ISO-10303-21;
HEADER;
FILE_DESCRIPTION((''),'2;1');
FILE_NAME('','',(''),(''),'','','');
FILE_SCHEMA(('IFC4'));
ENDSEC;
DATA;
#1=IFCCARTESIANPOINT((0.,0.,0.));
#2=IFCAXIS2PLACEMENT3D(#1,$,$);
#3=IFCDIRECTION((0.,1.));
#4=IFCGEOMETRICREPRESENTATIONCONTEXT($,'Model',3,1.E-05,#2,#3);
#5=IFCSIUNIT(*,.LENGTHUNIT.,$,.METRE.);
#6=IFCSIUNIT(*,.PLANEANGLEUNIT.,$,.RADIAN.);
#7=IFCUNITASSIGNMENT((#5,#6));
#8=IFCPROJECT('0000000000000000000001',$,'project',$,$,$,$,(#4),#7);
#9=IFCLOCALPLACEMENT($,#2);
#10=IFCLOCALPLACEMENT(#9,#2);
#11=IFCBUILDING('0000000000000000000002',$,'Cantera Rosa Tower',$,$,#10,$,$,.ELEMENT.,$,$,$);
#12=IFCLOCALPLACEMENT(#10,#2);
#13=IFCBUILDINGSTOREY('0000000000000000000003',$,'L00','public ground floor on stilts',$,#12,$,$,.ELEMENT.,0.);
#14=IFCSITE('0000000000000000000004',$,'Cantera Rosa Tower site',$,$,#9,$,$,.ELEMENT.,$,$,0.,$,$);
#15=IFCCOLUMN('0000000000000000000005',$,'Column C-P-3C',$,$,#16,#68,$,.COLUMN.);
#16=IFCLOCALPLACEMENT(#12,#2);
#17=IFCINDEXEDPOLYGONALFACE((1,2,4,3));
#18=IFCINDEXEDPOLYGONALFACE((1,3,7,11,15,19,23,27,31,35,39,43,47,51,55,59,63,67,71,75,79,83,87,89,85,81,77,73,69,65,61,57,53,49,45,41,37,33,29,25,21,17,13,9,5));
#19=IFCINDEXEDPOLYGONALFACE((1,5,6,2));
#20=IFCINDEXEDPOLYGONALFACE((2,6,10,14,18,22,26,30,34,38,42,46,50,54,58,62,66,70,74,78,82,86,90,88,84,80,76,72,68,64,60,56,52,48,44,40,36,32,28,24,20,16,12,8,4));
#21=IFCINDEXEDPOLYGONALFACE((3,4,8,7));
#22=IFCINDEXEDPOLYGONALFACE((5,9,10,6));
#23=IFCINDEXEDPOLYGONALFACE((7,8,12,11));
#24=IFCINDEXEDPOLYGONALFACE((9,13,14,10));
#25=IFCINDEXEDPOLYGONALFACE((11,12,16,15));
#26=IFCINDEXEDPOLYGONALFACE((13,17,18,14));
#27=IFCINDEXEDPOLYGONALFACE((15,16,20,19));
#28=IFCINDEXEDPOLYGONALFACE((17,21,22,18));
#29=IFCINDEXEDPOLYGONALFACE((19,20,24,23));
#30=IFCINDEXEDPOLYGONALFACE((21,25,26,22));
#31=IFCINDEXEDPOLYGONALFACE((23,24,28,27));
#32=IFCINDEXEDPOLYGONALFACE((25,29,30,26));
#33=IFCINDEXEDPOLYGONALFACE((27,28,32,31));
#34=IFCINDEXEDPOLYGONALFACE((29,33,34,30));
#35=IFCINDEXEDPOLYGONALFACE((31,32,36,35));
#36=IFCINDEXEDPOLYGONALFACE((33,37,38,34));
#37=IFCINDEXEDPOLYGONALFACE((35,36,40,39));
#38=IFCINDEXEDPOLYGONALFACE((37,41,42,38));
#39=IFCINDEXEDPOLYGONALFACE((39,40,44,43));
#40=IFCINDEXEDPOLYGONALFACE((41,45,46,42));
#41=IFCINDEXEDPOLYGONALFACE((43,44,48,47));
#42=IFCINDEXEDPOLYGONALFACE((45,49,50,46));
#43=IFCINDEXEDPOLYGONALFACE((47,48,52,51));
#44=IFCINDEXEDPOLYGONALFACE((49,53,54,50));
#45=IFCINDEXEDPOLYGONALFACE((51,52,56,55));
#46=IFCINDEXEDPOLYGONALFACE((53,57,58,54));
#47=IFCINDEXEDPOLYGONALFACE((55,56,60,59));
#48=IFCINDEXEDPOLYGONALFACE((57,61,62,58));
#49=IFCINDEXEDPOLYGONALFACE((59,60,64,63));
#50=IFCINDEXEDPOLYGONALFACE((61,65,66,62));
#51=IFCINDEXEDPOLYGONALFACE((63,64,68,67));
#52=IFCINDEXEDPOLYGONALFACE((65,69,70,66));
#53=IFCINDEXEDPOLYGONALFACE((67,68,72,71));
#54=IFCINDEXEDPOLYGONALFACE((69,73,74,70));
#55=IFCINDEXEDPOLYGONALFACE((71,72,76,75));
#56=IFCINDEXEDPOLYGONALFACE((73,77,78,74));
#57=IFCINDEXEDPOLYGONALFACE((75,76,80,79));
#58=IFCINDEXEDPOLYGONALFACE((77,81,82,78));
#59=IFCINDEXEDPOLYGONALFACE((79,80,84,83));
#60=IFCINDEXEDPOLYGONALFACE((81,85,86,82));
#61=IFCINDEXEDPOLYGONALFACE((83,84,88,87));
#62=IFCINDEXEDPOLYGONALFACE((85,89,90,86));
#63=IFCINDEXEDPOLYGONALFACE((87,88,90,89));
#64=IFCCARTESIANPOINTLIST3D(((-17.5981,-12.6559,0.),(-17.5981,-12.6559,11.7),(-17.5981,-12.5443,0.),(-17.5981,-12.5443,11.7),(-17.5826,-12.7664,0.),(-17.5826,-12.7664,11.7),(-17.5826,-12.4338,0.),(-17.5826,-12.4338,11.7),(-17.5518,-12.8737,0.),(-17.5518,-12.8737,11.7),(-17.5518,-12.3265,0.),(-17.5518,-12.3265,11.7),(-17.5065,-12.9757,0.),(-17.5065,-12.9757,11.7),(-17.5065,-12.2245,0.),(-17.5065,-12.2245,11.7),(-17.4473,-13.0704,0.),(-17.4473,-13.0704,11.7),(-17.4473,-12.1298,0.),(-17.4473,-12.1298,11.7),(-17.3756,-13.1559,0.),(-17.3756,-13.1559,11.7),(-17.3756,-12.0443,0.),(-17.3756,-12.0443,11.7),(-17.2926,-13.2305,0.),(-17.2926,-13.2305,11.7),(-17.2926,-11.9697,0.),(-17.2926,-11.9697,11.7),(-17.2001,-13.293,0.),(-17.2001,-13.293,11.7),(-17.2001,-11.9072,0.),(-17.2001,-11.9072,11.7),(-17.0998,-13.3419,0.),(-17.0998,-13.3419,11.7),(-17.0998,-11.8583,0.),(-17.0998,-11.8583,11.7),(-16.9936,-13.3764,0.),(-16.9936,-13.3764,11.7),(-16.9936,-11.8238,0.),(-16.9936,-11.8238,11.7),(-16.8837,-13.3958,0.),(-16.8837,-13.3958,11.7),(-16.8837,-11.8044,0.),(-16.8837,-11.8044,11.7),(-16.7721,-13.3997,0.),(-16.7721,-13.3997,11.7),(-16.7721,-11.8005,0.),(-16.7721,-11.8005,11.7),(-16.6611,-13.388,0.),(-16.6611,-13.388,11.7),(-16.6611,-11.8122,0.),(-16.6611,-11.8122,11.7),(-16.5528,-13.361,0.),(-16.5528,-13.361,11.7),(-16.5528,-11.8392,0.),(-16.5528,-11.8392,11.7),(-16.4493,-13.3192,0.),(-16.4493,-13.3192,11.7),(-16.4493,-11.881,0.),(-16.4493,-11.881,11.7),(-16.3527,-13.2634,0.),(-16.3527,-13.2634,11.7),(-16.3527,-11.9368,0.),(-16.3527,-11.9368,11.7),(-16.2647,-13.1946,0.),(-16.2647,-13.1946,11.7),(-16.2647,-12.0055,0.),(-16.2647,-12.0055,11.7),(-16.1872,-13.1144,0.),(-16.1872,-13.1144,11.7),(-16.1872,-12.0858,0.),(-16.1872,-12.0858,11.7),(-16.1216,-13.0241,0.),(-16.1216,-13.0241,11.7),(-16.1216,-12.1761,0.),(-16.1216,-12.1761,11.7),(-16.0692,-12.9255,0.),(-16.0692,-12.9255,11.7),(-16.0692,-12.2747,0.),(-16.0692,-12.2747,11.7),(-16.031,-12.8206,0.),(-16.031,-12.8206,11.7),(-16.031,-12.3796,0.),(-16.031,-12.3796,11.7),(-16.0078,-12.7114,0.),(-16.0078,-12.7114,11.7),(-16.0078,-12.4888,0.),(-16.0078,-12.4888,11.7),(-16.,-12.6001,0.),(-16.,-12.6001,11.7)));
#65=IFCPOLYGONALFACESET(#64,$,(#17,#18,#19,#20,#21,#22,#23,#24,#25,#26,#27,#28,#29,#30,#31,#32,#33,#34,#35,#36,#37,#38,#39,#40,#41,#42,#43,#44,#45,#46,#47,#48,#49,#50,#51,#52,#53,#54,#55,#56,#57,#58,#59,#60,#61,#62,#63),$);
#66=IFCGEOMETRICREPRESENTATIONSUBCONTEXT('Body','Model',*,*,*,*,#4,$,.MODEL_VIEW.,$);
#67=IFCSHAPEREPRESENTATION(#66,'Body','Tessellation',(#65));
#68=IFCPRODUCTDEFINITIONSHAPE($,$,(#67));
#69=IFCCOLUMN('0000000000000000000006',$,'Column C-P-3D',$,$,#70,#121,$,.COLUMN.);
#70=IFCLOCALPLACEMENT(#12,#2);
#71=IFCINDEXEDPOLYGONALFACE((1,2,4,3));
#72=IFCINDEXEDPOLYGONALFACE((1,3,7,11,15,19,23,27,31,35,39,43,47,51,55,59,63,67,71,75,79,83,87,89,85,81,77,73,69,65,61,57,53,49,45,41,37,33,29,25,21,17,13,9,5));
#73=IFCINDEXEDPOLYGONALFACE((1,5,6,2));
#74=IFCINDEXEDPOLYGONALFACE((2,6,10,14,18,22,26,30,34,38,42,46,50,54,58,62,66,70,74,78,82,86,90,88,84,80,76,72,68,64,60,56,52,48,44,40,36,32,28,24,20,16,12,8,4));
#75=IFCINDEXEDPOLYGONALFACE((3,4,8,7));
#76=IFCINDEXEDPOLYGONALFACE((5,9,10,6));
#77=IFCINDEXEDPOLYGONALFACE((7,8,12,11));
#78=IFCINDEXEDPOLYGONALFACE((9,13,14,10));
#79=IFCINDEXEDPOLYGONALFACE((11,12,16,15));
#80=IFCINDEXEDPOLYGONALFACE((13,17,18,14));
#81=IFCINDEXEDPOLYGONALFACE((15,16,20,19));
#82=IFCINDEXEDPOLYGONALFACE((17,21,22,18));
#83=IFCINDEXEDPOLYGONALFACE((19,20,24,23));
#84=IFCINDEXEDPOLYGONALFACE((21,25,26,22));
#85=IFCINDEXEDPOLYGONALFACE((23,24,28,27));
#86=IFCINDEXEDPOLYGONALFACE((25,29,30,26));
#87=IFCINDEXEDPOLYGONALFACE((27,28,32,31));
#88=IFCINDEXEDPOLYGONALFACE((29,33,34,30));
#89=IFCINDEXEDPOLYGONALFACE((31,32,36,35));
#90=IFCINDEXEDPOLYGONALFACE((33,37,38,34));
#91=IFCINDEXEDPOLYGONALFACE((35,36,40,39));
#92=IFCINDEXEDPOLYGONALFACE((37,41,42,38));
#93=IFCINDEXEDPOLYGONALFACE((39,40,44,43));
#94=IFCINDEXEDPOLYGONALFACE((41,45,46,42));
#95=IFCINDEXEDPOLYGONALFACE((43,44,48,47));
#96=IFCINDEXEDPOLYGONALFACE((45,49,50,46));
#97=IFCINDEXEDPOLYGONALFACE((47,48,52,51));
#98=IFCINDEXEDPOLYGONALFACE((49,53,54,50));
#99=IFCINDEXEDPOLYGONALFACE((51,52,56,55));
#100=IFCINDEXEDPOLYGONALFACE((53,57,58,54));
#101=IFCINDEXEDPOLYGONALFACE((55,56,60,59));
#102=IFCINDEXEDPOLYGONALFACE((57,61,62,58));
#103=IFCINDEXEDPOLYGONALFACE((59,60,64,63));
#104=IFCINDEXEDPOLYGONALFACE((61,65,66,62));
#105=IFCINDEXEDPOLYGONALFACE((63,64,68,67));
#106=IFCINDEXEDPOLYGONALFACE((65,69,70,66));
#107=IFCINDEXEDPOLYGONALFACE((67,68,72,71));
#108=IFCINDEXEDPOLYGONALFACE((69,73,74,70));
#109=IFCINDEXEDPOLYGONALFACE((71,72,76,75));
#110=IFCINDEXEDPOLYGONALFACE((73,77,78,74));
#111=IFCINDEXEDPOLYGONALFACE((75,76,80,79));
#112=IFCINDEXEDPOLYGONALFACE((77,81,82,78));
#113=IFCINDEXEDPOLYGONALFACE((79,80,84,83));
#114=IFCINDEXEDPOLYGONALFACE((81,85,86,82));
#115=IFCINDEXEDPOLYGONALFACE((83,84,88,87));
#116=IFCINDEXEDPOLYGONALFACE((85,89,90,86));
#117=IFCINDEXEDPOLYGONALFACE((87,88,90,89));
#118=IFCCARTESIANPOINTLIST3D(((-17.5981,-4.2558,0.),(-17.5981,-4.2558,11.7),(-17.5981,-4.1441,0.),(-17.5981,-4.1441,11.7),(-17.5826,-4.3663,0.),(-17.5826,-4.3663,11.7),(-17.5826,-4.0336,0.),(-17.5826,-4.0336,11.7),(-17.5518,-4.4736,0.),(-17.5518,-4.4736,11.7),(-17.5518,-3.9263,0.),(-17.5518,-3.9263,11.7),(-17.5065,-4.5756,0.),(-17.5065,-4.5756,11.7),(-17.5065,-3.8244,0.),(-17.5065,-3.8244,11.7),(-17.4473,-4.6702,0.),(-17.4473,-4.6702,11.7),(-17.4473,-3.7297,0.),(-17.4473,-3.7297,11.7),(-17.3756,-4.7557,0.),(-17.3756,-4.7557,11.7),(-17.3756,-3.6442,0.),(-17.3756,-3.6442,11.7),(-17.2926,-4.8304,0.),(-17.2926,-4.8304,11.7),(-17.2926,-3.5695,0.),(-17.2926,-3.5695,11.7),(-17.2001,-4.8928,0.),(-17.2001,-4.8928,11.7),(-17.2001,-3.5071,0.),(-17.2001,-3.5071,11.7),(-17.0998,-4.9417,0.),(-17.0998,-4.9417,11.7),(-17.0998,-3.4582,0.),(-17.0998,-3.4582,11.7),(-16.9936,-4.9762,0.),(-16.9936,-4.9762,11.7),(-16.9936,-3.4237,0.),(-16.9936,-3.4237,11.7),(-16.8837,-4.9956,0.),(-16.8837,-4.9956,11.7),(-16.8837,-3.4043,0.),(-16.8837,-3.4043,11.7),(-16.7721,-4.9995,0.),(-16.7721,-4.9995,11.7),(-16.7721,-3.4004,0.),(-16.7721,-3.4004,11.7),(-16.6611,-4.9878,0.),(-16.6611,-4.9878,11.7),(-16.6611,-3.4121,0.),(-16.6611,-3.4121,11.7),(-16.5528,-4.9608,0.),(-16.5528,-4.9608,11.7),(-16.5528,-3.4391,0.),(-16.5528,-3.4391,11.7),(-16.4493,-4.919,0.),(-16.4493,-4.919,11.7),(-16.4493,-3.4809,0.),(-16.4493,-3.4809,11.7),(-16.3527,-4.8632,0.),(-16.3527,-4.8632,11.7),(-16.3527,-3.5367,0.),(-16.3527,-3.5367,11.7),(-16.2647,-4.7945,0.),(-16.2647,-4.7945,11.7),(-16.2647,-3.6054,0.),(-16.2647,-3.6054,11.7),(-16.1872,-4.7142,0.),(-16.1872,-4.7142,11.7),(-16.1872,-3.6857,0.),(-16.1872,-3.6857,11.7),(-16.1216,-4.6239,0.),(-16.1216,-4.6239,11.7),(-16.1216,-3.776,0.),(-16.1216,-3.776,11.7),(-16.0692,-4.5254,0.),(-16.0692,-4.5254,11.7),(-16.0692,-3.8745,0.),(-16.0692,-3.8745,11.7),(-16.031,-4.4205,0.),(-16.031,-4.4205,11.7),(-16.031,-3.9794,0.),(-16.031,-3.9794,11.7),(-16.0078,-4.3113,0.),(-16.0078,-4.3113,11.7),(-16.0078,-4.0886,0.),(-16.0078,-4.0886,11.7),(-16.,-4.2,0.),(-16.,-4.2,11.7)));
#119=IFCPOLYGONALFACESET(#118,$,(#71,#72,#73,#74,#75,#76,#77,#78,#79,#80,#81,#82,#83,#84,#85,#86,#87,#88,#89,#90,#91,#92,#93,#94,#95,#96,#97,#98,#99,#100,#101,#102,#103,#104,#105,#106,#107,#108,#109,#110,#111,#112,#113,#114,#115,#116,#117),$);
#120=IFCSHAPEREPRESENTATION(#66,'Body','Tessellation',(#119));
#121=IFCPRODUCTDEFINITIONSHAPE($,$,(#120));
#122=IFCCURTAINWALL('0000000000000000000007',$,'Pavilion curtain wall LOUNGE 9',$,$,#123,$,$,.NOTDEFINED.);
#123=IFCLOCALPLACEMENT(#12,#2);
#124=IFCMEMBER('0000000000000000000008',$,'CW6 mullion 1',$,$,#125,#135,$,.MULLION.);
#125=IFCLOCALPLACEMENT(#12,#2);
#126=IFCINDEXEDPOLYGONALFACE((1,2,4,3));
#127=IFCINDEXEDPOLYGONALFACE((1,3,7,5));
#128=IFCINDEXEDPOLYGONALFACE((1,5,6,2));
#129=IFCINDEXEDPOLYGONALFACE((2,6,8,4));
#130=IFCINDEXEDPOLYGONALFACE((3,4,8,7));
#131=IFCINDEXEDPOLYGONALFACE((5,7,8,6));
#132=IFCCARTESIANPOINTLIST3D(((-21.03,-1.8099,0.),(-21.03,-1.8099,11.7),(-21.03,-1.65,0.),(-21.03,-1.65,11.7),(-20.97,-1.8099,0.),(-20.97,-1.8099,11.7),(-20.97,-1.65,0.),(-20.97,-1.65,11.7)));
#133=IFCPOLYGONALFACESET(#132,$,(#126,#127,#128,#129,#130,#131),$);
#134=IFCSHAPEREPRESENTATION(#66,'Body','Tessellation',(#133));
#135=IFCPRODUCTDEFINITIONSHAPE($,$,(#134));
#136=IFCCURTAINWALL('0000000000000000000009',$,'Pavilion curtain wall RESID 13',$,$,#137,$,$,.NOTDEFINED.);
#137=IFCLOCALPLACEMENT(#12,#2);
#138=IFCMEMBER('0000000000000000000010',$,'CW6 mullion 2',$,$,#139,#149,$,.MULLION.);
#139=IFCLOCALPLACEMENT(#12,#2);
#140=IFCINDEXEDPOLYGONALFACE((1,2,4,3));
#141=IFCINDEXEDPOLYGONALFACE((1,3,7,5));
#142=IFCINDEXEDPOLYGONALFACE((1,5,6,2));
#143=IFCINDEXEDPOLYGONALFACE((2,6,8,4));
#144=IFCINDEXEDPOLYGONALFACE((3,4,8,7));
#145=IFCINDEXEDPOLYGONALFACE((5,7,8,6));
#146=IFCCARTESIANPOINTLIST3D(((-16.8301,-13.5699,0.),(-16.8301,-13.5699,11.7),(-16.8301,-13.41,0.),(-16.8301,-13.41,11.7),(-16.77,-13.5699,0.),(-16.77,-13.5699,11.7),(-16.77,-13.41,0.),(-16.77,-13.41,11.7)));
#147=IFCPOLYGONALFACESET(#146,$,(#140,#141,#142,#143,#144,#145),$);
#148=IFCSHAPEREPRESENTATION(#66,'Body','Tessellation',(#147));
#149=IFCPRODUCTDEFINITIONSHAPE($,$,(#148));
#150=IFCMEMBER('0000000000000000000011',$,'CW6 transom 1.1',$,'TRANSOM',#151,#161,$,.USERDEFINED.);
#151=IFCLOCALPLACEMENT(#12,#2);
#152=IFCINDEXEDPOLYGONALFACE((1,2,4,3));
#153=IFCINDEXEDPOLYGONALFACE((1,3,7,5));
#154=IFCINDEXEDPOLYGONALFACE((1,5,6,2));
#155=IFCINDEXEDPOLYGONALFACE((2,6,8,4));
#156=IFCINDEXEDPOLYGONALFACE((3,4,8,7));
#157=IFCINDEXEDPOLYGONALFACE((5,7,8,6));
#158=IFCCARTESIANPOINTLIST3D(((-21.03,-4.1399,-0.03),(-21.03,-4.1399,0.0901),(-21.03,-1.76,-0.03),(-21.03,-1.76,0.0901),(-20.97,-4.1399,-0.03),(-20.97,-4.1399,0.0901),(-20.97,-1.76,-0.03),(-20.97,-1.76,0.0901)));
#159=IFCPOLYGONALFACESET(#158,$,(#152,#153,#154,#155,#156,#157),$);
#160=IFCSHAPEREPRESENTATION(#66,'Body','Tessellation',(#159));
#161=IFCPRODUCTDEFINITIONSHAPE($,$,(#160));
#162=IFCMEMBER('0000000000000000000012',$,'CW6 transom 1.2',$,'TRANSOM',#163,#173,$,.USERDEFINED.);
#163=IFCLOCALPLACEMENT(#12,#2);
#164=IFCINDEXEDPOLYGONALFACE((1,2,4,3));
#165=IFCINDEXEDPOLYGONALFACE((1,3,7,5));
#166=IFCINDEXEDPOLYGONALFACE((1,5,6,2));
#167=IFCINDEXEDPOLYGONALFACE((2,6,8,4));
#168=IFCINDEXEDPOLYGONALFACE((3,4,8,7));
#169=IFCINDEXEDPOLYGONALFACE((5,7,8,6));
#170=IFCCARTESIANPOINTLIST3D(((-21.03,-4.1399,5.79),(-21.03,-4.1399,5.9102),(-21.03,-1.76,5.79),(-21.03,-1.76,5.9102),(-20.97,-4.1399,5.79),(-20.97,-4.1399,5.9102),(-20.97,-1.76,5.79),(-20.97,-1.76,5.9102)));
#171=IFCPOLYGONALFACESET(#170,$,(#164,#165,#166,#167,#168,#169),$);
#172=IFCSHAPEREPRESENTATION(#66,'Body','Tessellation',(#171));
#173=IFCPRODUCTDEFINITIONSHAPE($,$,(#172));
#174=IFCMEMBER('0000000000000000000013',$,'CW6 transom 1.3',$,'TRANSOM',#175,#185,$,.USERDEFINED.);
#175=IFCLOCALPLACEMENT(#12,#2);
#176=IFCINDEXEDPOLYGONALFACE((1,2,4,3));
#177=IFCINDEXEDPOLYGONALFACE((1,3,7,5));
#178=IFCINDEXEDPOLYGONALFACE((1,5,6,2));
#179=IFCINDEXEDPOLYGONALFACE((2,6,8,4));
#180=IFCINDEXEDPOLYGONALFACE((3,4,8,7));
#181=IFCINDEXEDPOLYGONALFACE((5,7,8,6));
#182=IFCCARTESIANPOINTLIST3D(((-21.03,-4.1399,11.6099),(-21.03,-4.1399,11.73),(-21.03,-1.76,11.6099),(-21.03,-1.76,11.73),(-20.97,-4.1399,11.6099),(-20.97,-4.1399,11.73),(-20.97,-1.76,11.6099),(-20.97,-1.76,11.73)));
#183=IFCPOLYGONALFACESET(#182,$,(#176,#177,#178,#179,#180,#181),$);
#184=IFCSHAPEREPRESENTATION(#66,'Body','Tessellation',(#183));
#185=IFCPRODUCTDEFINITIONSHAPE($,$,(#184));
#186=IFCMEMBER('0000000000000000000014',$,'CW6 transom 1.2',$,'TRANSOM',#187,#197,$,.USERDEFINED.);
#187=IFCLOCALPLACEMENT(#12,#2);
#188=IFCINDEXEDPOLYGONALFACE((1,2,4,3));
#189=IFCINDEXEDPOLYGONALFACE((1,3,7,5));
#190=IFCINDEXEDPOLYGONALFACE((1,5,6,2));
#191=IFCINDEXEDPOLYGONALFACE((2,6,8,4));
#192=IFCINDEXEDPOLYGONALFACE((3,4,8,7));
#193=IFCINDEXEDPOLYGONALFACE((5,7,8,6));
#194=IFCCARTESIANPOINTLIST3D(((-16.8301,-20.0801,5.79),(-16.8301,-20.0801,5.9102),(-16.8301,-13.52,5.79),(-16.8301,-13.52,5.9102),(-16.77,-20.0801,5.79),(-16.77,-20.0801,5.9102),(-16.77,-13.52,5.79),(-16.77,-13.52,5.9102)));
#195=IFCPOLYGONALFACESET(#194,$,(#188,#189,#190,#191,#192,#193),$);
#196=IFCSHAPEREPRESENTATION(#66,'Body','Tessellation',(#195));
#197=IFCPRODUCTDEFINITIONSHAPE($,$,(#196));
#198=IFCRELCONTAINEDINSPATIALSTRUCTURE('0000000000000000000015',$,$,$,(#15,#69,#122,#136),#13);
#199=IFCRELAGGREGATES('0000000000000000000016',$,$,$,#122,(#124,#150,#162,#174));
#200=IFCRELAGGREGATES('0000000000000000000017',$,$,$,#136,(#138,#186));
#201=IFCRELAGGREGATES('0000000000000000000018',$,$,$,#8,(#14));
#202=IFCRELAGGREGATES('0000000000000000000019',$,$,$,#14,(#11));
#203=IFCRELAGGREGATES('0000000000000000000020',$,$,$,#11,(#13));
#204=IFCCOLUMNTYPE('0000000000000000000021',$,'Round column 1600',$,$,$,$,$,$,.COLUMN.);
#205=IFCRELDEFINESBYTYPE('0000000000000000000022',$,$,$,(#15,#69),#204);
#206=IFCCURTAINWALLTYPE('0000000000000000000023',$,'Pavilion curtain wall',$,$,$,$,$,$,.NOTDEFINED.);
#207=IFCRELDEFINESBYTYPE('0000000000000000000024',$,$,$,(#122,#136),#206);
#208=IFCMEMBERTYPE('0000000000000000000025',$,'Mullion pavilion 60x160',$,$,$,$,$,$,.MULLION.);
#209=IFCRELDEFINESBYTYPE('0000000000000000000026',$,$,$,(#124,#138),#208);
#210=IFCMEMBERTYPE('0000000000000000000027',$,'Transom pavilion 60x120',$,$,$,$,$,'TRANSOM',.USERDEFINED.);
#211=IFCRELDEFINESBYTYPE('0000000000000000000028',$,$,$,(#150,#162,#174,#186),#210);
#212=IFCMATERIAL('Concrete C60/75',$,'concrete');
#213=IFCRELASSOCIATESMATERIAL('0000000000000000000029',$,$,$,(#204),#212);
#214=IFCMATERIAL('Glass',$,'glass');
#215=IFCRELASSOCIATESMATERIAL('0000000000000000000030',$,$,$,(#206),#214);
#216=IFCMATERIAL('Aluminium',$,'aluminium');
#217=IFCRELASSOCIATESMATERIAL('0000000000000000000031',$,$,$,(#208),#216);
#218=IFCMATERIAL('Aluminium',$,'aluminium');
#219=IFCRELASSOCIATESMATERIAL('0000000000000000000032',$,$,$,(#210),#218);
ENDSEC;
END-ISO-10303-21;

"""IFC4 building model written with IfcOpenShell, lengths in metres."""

from ifc_helpers import new_model, si_unit, direction, frame, origin, origin_2d, place, context, subcontext, project, spatial, rectangle, circle, extrude, material, material_profile, profile_set, type_object, element, aggregate, save


model = new_model("IFC4")

# Units and contexts
model_context = context("Model", 3, precision=1e-05, world=origin(), true_north=direction((0.0, 1.0)))
body_context = subcontext(model_context, "Body", "Model", "MODEL_VIEW")
ifc_project = project(units=[si_unit("LENGTHUNIT", "METRE"), si_unit("PLANEANGLEUNIT", "RADIAN")], contexts=[model_context])

# Site, building, storey
site_placement = place(None, origin())
site = spatial("IfcSite", under=ifc_project, at=site_placement, Name="Cantera Rosa Tower site", CompositionType="ELEMENT", RefElevation=0.0)
building_placement = place(site_placement, origin())
building = spatial("IfcBuilding", under=site, at=building_placement, Name="Cantera Rosa Tower", CompositionType="ELEMENT")
storey_placement = place(building_placement, origin())
storey = spatial("IfcBuildingStorey", under=building, at=storey_placement, Name="L00", Description="public ground floor on stilts", CompositionType="ELEMENT", Elevation=0.0)

# Columns
ifc_material_1 = material(Name="Concrete C60/75", Category="concrete")
ifc_material_profile_1 = material_profile(ifc_material_1, circle(Radius=0.8, at=origin_2d()), Name="Round column 1600")
ifc_profile_set_1 = profile_set([ifc_material_profile_1], Name="Concrete C60/75")
column_type = type_object("IfcColumnType", Name="Round column 1600", PredefinedType="COLUMN", material=ifc_profile_set_1)
for number, where, z_axis, x_axis, name in (
    (1, (-16.8, -12.6001, 0.0), (0.0, 0.0, 1.0), (1.0, 0.0, 0.0), "Column C-P-3C"),
    (2, (-16.8, -4.2, 0.0), (0.0, 0.0, 1.0), (1.0, 0.0, 0.0), "Column C-P-3D"),
):
    element("IfcColumn", number, at=place(storey_placement, frame(where, z_axis=z_axis, x_axis=x_axis)), inside=storey, type_object=column_type, Name=name, PredefinedType="COLUMN", context=body_context, shape_type="SweptSolid", body=[
        extrude(circle(Radius=0.8, at=origin_2d()), origin(), (0.0, 0.0, 1.0), 11.7),
    ])

# Curtain walls, members
ifc_material_2 = material(Name="Glass", Category="glass")
curtain_wall_type = type_object("IfcCurtainWallType", Name="Pavilion curtain wall", PredefinedType="NOTDEFINED", material=ifc_material_2)
curtain_wall_1_placement = place(storey_placement, origin())
curtain_wall_1 = element("IfcCurtainWall", 3, at=curtain_wall_1_placement, inside=storey, type_object=curtain_wall_type, Name="Pavilion curtain wall LOUNGE 9", PredefinedType="NOTDEFINED")
ifc_material_3 = material(Name="Aluminium", Category="aluminium")
ifc_material_profile_2 = material_profile(ifc_material_3, rectangle(XDim=0.0601, YDim=0.1599, at=origin_2d()), Name="Mullion pavilion 60x160")
ifc_profile_set_2 = profile_set([ifc_material_profile_2], Name="Aluminium")
member_type_1 = type_object("IfcMemberType", Name="Mullion pavilion 60x160", PredefinedType="MULLION", material=ifc_profile_set_2)
member_1_placement = place(storey_placement, frame((-21.0, -1.73, 0.0), z_axis=(0.0, 0.0, 1.0), x_axis=(1.0, 0.0, 0.0)))
member_1 = element("IfcMember", 4, at=member_1_placement, type_object=member_type_1, Name="CW6 mullion 1", PredefinedType="MULLION", context=body_context, shape_type="SweptSolid", body=[
    extrude(rectangle(XDim=0.0601, YDim=0.1599, at=origin_2d()), origin(), (0.0, 0.0, 1.0), 11.7),
])
curtain_wall_2_placement = place(storey_placement, origin())
curtain_wall_2 = element("IfcCurtainWall", 5, at=curtain_wall_2_placement, inside=storey, type_object=curtain_wall_type, Name="Pavilion curtain wall RESID 13", PredefinedType="NOTDEFINED")
member_2_placement = place(storey_placement, frame((-16.8, -13.49, 0.0), z_axis=(0.0, 0.0, 1.0), x_axis=(-1.0, 0.0, 0.0)))
member_2 = element("IfcMember", 6, at=member_2_placement, type_object=member_type_1, Name="CW6 mullion 2", PredefinedType="MULLION", context=body_context, shape_type="SweptSolid", body=[
    extrude(rectangle(XDim=0.0601, YDim=0.1599, at=origin_2d()), origin(), (0.0, 0.0, 1.0), 11.7),
])

# Members
ifc_material_4 = material(Name="Aluminium", Category="aluminium")
ifc_material_profile_3 = material_profile(ifc_material_4, rectangle(XDim=0.0601, YDim=0.1201, at=origin_2d()), Name="Transom pavilion 60x120")
ifc_profile_set_3 = profile_set([ifc_material_profile_3], Name="Aluminium")
member_type_2 = type_object("IfcMemberType", Name="Transom pavilion 60x120", ElementType="TRANSOM", PredefinedType="USERDEFINED", material=ifc_profile_set_3)
member_3_placement = place(storey_placement, frame((-21.0, -1.76, 0.03), z_axis=(0.0, -1.0, 0.0), x_axis=(1.0, 0.0, 0.0)))
member_3 = element("IfcMember", 7, at=member_3_placement, type_object=member_type_2, Name="CW6 transom 1.1", ObjectType="TRANSOM", PredefinedType="USERDEFINED", context=body_context, shape_type="SweptSolid", body=[
    extrude(rectangle(XDim=0.0601, YDim=0.1201, at=origin_2d()), origin(), (0.0, 0.0, 1.0), 2.3799),
])
member_4_placement = place(storey_placement, frame((-21.0, -1.76, 5.8501), z_axis=(0.0, -1.0, 0.0), x_axis=(1.0, 0.0, 0.0)))
member_4 = element("IfcMember", 8, at=member_4_placement, type_object=member_type_2, Name="CW6 transom 1.2", ObjectType="TRANSOM", PredefinedType="USERDEFINED", context=body_context, shape_type="SweptSolid", body=[
    extrude(rectangle(XDim=0.0601, YDim=0.1201, at=origin_2d()), origin(), (0.0, 0.0, 1.0), 2.3799),
])
member_5_placement = place(storey_placement, frame((-21.0, -1.76, 11.6699), z_axis=(0.0, -1.0, 0.0), x_axis=(1.0, 0.0, 0.0)))
member_5 = element("IfcMember", 9, at=member_5_placement, type_object=member_type_2, Name="CW6 transom 1.3", ObjectType="TRANSOM", PredefinedType="USERDEFINED", context=body_context, shape_type="SweptSolid", body=[
    extrude(rectangle(XDim=0.0601, YDim=0.1201, at=origin_2d()), origin(), (0.0, 0.0, 1.0), 2.3799),
])
aggregate(curtain_wall_1, [member_1, member_3, member_4, member_5])
member_6_placement = place(storey_placement, frame((-16.8, -20.0801, 5.8501), z_axis=(0.0, 1.0, 0.0), x_axis=(-1.0, 0.0, 0.0)))
member_6 = element("IfcMember", 10, at=member_6_placement, type_object=member_type_2, Name="CW6 transom 1.2", ObjectType="TRANSOM", PredefinedType="USERDEFINED", context=body_context, shape_type="SweptSolid", body=[
    extrude(rectangle(XDim=0.0601, YDim=0.1201, at=origin_2d()), origin(), (0.0, 0.0, 1.0), 6.5601),
])

aggregate(curtain_wall_2, [member_2, member_6])

save(model, "model.ifc")
